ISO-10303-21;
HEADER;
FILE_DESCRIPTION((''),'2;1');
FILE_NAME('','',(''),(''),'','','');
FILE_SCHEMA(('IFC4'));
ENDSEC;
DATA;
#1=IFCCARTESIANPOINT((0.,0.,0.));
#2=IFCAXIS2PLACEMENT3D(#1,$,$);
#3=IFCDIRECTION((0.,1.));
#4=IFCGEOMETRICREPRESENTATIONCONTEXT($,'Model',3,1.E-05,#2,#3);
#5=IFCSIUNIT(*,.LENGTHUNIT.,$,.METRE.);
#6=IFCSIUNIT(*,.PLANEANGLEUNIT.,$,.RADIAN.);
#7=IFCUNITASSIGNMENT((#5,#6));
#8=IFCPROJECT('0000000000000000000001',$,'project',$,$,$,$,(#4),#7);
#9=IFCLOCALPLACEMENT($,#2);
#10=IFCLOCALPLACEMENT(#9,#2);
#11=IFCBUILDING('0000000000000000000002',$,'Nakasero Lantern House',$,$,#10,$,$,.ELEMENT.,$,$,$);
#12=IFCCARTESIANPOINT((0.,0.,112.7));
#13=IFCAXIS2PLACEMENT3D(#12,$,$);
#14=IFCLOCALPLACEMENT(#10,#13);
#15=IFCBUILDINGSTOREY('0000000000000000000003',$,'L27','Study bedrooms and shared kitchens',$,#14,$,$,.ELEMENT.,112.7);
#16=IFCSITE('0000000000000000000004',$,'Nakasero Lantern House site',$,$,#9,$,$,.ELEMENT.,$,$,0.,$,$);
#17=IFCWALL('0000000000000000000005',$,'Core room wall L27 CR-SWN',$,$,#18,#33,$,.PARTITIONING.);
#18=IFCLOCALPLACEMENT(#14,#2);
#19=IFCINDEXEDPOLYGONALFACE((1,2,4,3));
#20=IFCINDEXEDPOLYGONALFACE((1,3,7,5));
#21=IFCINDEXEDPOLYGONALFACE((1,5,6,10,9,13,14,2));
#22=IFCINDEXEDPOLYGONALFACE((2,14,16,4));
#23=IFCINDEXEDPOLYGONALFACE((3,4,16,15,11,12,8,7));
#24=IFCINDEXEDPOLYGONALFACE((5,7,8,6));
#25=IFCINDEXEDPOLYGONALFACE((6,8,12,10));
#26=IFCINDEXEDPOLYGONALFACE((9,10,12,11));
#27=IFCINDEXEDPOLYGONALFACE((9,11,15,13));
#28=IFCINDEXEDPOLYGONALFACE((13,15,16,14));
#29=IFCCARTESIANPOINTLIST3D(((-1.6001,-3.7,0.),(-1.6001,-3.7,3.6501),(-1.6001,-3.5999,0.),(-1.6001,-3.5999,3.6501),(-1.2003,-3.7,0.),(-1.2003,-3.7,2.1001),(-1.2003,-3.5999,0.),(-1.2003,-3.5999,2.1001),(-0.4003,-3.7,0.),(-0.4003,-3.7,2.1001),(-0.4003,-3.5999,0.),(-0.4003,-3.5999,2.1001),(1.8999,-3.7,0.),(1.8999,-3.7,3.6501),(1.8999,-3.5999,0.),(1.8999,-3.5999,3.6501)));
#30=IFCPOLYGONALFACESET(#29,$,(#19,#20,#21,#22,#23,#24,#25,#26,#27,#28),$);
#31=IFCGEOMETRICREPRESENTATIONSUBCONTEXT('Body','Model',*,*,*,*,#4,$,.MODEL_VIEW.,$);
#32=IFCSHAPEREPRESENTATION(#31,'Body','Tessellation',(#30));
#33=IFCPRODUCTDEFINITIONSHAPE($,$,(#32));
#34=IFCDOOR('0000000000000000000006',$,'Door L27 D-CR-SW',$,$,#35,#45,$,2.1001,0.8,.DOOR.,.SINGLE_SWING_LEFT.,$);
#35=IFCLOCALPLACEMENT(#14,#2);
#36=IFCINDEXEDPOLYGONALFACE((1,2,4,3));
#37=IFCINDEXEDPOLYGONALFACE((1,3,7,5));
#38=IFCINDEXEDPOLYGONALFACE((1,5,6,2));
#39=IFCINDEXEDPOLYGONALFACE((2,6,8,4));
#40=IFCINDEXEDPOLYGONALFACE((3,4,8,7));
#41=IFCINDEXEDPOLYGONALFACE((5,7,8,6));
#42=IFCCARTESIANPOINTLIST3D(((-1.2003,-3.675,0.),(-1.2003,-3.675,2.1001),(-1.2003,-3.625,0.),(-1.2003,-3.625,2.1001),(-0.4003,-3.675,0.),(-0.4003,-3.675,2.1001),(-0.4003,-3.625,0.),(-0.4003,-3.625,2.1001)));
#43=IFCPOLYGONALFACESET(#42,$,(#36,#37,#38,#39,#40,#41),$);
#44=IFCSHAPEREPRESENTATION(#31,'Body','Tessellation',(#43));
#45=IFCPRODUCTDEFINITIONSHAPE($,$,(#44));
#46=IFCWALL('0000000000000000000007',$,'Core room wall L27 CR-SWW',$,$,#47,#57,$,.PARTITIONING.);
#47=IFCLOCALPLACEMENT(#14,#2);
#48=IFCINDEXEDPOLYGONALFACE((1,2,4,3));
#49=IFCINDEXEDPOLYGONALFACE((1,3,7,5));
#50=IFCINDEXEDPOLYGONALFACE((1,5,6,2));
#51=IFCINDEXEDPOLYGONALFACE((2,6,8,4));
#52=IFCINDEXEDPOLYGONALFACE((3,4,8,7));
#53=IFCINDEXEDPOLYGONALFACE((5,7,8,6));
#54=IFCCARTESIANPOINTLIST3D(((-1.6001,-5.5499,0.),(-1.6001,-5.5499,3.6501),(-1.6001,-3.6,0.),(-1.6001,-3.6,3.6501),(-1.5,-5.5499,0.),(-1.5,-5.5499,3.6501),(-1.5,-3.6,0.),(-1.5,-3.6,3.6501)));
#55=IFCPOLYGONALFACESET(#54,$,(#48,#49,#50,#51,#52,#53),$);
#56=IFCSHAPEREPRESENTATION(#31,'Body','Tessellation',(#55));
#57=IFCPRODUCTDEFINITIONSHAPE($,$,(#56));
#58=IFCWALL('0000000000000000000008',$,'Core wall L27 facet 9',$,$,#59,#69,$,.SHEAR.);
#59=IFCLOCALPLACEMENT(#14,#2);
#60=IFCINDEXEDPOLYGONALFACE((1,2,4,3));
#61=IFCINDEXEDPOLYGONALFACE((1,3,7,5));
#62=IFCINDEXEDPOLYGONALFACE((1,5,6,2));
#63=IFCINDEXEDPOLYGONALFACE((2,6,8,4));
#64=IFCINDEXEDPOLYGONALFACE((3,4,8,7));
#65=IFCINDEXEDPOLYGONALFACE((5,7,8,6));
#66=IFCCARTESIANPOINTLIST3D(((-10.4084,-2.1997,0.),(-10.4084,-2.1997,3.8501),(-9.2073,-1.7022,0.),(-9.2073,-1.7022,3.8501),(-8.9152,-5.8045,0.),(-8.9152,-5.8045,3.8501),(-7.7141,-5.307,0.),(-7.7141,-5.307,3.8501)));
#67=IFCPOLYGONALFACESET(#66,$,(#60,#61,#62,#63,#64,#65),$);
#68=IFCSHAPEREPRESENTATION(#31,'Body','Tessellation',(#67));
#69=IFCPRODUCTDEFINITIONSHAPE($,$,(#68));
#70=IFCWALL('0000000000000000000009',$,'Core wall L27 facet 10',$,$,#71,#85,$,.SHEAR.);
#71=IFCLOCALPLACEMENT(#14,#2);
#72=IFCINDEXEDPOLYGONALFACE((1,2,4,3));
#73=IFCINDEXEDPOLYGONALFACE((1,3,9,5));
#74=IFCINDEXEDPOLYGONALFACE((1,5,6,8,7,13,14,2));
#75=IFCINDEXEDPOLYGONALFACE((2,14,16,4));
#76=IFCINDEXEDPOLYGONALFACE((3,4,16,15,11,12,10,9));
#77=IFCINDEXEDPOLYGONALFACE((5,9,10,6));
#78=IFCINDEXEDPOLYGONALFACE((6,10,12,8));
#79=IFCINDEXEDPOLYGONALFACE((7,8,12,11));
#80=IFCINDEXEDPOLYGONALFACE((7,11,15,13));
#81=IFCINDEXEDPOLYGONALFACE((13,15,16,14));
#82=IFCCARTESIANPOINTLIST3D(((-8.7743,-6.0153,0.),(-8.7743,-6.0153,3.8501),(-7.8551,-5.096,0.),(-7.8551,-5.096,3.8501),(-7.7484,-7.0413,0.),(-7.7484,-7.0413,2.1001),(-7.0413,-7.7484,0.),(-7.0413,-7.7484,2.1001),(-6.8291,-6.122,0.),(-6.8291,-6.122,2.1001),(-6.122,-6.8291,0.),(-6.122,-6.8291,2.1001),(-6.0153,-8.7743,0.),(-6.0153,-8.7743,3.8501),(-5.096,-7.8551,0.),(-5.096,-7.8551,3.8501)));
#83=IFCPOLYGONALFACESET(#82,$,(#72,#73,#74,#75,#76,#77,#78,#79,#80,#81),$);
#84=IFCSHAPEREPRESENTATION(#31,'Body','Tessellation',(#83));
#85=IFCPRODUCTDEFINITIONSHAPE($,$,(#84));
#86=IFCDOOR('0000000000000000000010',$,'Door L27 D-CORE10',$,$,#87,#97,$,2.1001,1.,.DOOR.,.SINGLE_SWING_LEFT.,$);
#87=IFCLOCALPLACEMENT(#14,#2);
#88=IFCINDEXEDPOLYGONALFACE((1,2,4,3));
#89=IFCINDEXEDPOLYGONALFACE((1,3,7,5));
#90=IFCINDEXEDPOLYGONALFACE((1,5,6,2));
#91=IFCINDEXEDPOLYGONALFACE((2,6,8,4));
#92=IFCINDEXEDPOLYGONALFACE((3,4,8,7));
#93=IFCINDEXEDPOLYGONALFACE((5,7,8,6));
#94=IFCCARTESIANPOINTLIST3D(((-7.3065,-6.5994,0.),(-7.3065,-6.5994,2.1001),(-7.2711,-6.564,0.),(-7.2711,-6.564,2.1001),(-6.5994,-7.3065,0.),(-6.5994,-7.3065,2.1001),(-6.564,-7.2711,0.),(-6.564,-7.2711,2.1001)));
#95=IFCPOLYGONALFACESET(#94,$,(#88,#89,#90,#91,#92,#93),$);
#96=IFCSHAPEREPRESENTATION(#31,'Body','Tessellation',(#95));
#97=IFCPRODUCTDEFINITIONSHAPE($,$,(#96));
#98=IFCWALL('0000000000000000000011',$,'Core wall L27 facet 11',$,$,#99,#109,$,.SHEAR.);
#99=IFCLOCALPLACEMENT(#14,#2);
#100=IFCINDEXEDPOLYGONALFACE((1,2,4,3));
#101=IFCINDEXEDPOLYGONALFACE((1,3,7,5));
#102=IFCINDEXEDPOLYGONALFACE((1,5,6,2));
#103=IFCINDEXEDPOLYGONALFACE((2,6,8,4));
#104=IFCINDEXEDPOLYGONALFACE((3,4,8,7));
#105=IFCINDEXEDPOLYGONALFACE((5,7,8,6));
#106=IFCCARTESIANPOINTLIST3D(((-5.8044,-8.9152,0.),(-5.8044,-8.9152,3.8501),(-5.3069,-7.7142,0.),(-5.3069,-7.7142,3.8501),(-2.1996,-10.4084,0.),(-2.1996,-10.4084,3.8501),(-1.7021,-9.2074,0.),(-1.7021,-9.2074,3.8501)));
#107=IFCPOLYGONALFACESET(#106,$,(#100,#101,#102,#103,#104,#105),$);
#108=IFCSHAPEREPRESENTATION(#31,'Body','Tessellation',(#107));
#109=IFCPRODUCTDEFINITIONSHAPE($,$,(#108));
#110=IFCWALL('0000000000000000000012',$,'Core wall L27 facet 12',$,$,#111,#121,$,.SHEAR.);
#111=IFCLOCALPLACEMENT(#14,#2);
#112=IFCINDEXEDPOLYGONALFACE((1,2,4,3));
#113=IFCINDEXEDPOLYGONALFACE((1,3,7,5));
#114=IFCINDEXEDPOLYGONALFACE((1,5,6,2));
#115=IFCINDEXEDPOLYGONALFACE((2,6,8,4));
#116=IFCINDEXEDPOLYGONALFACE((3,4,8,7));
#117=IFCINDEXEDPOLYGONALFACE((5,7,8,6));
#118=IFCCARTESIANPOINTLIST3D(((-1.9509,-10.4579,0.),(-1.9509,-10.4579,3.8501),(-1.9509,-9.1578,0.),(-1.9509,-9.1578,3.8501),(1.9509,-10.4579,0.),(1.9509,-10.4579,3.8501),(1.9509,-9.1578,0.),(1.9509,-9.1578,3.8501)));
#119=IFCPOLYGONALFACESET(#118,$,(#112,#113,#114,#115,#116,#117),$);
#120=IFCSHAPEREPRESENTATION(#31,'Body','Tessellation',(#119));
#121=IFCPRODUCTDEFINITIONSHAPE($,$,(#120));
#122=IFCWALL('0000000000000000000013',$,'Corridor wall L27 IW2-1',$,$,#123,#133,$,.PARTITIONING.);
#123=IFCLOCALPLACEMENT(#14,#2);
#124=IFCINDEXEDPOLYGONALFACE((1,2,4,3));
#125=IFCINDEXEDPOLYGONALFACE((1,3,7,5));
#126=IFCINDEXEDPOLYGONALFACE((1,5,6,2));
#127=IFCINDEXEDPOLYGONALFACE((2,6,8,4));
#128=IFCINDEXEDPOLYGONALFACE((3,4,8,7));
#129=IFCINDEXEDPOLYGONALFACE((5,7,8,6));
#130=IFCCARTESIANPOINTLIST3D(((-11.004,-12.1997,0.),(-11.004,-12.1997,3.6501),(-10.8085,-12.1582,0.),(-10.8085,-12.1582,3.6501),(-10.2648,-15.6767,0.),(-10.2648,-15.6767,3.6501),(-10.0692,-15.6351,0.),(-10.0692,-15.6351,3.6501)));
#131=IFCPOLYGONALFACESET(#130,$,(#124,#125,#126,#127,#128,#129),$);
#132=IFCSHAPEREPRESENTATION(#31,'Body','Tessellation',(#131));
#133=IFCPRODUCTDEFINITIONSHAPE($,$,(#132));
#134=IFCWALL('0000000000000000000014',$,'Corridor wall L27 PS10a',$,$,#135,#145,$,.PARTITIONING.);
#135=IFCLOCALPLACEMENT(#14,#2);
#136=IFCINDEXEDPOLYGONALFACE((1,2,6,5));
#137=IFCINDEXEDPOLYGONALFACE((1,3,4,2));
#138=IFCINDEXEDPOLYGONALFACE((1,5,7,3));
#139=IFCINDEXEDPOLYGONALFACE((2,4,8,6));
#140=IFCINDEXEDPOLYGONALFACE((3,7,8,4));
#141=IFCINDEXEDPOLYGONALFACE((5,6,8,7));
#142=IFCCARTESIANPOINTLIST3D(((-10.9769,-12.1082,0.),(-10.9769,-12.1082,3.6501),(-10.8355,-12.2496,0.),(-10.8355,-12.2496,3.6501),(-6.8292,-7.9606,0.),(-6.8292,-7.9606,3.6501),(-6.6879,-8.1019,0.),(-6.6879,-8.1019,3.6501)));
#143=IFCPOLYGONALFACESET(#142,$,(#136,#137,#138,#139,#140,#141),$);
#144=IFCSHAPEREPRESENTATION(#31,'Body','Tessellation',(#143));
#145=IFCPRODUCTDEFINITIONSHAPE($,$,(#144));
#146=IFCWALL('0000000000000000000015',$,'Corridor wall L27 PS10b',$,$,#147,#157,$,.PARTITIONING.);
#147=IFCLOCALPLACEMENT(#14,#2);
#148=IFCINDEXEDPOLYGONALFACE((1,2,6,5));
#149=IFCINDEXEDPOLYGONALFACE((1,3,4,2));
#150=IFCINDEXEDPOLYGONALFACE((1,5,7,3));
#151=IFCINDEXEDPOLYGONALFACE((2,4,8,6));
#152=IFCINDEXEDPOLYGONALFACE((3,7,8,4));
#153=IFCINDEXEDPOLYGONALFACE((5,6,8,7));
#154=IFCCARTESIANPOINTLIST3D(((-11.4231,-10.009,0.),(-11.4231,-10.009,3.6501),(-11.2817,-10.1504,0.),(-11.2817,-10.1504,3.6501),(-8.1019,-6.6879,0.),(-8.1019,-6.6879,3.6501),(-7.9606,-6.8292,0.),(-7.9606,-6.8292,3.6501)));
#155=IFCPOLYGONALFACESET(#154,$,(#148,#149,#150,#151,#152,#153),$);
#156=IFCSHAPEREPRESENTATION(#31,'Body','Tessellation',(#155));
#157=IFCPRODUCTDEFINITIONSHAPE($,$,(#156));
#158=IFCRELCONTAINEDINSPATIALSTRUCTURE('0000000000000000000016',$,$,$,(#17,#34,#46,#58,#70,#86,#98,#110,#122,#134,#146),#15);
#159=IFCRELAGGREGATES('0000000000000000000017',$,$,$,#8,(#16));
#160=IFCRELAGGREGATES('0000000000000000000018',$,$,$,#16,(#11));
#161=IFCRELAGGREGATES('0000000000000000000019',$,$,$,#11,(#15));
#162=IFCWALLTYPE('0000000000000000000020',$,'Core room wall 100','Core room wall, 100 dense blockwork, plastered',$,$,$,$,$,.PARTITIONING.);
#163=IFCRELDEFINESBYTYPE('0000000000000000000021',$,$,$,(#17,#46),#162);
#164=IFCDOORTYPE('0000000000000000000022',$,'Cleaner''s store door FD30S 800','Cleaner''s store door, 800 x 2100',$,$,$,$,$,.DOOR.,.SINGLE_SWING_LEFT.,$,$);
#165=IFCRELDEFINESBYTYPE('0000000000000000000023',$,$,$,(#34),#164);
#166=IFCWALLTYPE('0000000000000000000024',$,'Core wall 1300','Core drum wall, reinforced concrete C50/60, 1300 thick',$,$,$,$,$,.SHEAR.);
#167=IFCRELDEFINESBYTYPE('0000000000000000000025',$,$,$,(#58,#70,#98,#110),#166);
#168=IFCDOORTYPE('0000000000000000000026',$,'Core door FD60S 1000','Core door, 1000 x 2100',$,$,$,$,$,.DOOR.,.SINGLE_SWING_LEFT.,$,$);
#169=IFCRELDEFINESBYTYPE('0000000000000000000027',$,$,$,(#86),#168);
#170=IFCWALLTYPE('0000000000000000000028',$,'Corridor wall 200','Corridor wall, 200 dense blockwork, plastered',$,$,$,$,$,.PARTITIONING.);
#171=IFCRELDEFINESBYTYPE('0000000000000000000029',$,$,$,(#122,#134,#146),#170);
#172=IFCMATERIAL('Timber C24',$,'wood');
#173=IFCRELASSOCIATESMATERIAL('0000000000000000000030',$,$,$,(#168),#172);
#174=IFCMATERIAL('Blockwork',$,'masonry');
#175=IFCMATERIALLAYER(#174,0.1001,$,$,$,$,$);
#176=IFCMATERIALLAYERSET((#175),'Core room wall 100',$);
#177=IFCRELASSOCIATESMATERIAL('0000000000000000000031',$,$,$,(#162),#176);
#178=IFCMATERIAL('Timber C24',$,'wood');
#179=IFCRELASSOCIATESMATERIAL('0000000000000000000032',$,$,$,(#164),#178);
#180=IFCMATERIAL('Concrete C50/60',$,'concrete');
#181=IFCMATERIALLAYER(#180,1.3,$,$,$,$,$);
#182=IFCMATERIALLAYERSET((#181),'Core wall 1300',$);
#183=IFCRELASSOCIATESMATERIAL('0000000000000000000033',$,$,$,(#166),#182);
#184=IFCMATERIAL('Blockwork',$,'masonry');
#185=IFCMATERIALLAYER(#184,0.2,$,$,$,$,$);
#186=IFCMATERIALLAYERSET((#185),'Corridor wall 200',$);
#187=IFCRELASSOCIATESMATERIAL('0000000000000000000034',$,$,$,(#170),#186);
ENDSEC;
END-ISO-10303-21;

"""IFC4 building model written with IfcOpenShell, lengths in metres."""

from ifc_helpers import new_model, si_unit, direction, frame, frame_2d, origin, place, context, subcontext, project, spatial, rectangle, extrude, material, layer, layer_set, type_object, element, fill, save


model = new_model("IFC4")

# Units and contexts
model_context = context("Model", 3, precision=1e-05, world=origin(), true_north=direction((0.0, 1.0)))
body_context = subcontext(model_context, "Body", "Model", "MODEL_VIEW")
ifc_project = project(units=[si_unit("LENGTHUNIT", "METRE"), si_unit("PLANEANGLEUNIT", "RADIAN")], contexts=[model_context])

# Site, building, storey
site_placement = place(None, origin())
site = spatial("IfcSite", under=ifc_project, at=site_placement, Name="Nakasero Lantern House site", CompositionType="ELEMENT", RefElevation=0.0)
building_placement = place(site_placement, origin())
building = spatial("IfcBuilding", under=site, at=building_placement, Name="Nakasero Lantern House", CompositionType="ELEMENT")
storey_placement = place(building_placement, frame((0.0, 0.0, 112.7)))
storey = spatial("IfcBuildingStorey", under=building, at=storey_placement, Name="L27", Description="Study bedrooms and shared kitchens", CompositionType="ELEMENT", Elevation=112.7)

# Shared definitions
ifc_material_1 = material(Name="Timber C24", Category="wood")
door_type_1 = type_object("IfcDoorType", Name="Core door FD60S 1000", Description="Core door, 1000 x 2100", OperationType="SINGLE_SWING_LEFT", PredefinedType="DOOR", material=ifc_material_1)

# Wall, opening, door
ifc_material_2 = material(Name="Blockwork", Category="masonry")
ifc_layer_1 = layer(ifc_material_2, 0.1001)
ifc_layer_set_1 = layer_set([ifc_layer_1], Name="Core room wall 100")
wall_type_1 = type_object("IfcWallType", Name="Core room wall 100", Description="Core room wall, 100 dense blockwork, plastered", PredefinedType="PARTITIONING", material=ifc_layer_set_1)
wall_1_placement = place(storey_placement, frame((-1.6001, -3.6499, 0.0), z_axis=(0.0, 0.0, 1.0), x_axis=(1.0, 0.0, 0.0)))
wall_1 = element("IfcWall", 1, at=wall_1_placement, inside=storey, type_object=wall_type_1, Name="Core room wall L27 CR-SWN", PredefinedType="PARTITIONING", context=body_context, shape_type="SweptSolid", body=[
    extrude(rectangle(XDim=3.5, YDim=0.1001, at=frame_2d((1.75, 0.0))), origin(), (0.0, 0.0, 1.0), 3.6501),
])
opening_1_placement = place(wall_1_placement, frame((0.3999, 0.0, 0.0)))
opening_1 = element("IfcOpeningElement", 2, at=opening_1_placement, cuts=wall_1, PredefinedType="OPENING", context=body_context, shape_type="SweptSolid", body=[
    extrude(rectangle(XDim=0.8, YDim=2.1001, at=frame_2d((0.3999, 1.05))), frame((0.0, 0.0701, 0.0), z_axis=(0.0, -1.0, 0.0), x_axis=(1.0, 0.0, 0.0)), (0.0, 0.0, 1.0), 0.1401),
])
ifc_material_3 = material(Name="Timber C24", Category="wood")
door_type_2 = type_object("IfcDoorType", Name="Cleaner's store door FD30S 800", Description="Cleaner's store door, 800 x 2100", OperationType="SINGLE_SWING_LEFT", PredefinedType="DOOR", material=ifc_material_3)
door_1_placement = place(opening_1_placement, origin())
door_1 = element("IfcDoor", 3, at=door_1_placement, inside=storey, type_object=door_type_2, Name="Door L27 D-CR-SW", OperationType="SINGLE_SWING_LEFT", OverallHeight=2.1001, OverallWidth=0.8, PredefinedType="DOOR", context=body_context, shape_type="SweptSolid", body=[
    extrude(rectangle(XDim=0.8, YDim=2.1001, at=frame_2d((0.3999, 1.05))), frame((0.0, 0.0249, 0.0), z_axis=(0.0, -1.0, 0.0), x_axis=(1.0, 0.0, 0.0)), (0.0, 0.0, 1.0), 0.05),
])
fill(opening_1, door_1)

# Walls
wall_2_placement = place(storey_placement, frame((-1.55, -5.55, 0.0), z_axis=(0.0, 0.0, 1.0), x_axis=(0.0, 1.0, 0.0)))
element("IfcWall", 4, at=wall_2_placement, inside=storey, type_object=wall_type_1, Name="Core room wall L27 CR-SWW", PredefinedType="PARTITIONING", context=body_context, shape_type="SweptSolid", body=[
    extrude(rectangle(XDim=1.95, YDim=0.1001, at=frame_2d((0.9751, 0.0))), origin(), (0.0, 0.0, 1.0), 3.6501),
])
ifc_material_4 = material(Name="Concrete C50/60", Category="concrete")
ifc_layer_2 = layer(ifc_material_4, 1.3)
ifc_layer_set_2 = layer_set([ifc_layer_2], Name="Core wall 1300")
wall_type_2 = type_object("IfcWallType", Name="Core wall 1300", Description="Core drum wall, reinforced concrete C50/60, 1300 thick", PredefinedType="SHEAR", material=ifc_layer_set_2)
wall_3_placement = place(storey_placement, frame((-9.8079, -1.9509, 0.0), z_axis=(0.0, 0.0, 1.0), x_axis=(0.382691, -0.923877, 0.0)))
element("IfcWall", 5, at=wall_3_placement, inside=storey, type_object=wall_type_2, Name="Core wall L27 facet 9", PredefinedType="SHEAR", context=body_context, shape_type="SweptSolid", body=[
    extrude(rectangle(XDim=3.9019, YDim=1.3, at=frame_2d((1.9509, 0.0))), origin(), (0.0, 0.0, 1.0), 3.8501),
])

# Wall, opening, door
wall_4_placement = place(storey_placement, frame((-8.3147, -5.5557, 0.0), z_axis=(0.0, 0.0, 1.0), x_axis=(0.707107, -0.707107, 0.0)))
wall_4 = element("IfcWall", 6, at=wall_4_placement, inside=storey, type_object=wall_type_2, Name="Core wall L27 facet 10", PredefinedType="SHEAR", context=body_context, shape_type="SweptSolid", body=[
    extrude(rectangle(XDim=3.9019, YDim=1.3, at=frame_2d((1.9509, 0.0))), origin(), (0.0, 0.0, 1.0), 3.8501),
])
opening_2_placement = place(wall_4_placement, frame((1.4509, 0.0, 0.0)))
opening_2 = element("IfcOpeningElement", 7, at=opening_2_placement, cuts=wall_4, PredefinedType="OPENING", context=body_context, shape_type="SweptSolid", body=[
    extrude(rectangle(XDim=1.0, YDim=2.1001, at=frame_2d((0.5, 1.05))), frame((0.0, 0.6699, 0.0), z_axis=(0.0, -1.0, 0.0), x_axis=(1.0, 0.0, 0.0)), (0.0, 0.0, 1.0), 1.3401),
])
door_2_placement = place(opening_2_placement, origin())
door_2 = element("IfcDoor", 8, at=door_2_placement, inside=storey, type_object=door_type_1, Name="Door L27 D-CORE10", OperationType="SINGLE_SWING_LEFT", OverallHeight=2.1001, OverallWidth=1.0, PredefinedType="DOOR", context=body_context, shape_type="SweptSolid", body=[
    extrude(rectangle(XDim=1.0, YDim=2.1001, at=frame_2d((0.5, 1.05))), frame((0.0, 0.0249, 0.0), z_axis=(0.0, -1.0, 0.0), x_axis=(1.0, 0.0, 0.0)), (0.0, 0.0, 1.0), 0.05),
])
fill(opening_2, door_2)

# Walls
for number, where, z_axis, x_axis, name in (
    (9, (-5.5557, -8.3147, 0.0), (0.0, 0.0, 1.0), (0.923877, -0.382691, 0.0), "Core wall L27 facet 11"),
    (10, (-1.9509, -9.8079, 0.0), (0.0, 0.0, 1.0), (1.0, 0.0, 0.0), "Core wall L27 facet 12"),
):
    element("IfcWall", number, at=place(storey_placement, frame(where, z_axis=z_axis, x_axis=x_axis)), inside=storey, type_object=wall_type_2, Name=name, PredefinedType="SHEAR", context=body_context, shape_type="SweptSolid", body=[
        extrude(rectangle(XDim=3.9019, YDim=1.3, at=frame_2d((1.9509, 0.0))), origin(), (0.0, 0.0, 1.0), 3.8501),
    ])
ifc_material_5 = material(Name="Blockwork", Category="masonry")
ifc_layer_3 = layer(ifc_material_5, 0.2)
ifc_layer_set_3 = layer_set([ifc_layer_3], Name="Corridor wall 200")
wall_type_3 = type_object("IfcWallType", Name="Corridor wall 200", Description="Corridor wall, 200 dense blockwork, plastered", PredefinedType="PARTITIONING", material=ifc_layer_set_3)
wall_5_placement = place(storey_placement, frame((-10.9062, -12.179, 0.0), z_axis=(0.0, 0.0, 1.0), x_axis=(0.207962, -0.978137, 0.0)))
element("IfcWall", 11, at=wall_5_placement, inside=storey, type_object=wall_type_3, Name="Corridor wall L27 IW2-1", PredefinedType="PARTITIONING", context=body_context, shape_type="SweptSolid", body=[
    extrude(rectangle(XDim=3.5547, YDim=0.2, at=frame_2d((1.7773, 0.0))), origin(), (0.0, 0.0, 1.0), 3.6501),
])
wall_6_placement = place(storey_placement, frame((-6.7585, -8.0312, 0.0), z_axis=(0.0, 0.0, 1.0), x_axis=(-0.707107, -0.707107, 0.0)))
element("IfcWall", 12, at=wall_6_placement, inside=storey, type_object=wall_type_3, Name="Corridor wall L27 PS10a", PredefinedType="PARTITIONING", context=body_context, shape_type="SweptSolid", body=[
    extrude(rectangle(XDim=5.8657, YDim=0.2, at=frame_2d((2.9329, 0.0))), origin(), (0.0, 0.0, 1.0), 3.6501),
])
wall_7_placement = place(storey_placement, frame((-8.0312, -6.7585, 0.0), z_axis=(0.0, 0.0, 1.0), x_axis=(-0.707107, -0.707107, 0.0)))
element("IfcWall", 13, at=wall_7_placement, inside=storey, type_object=wall_type_3, Name="Corridor wall L27 PS10b", PredefinedType="PARTITIONING", context=body_context, shape_type="SweptSolid", body=[
    extrude(rectangle(XDim=4.6968, YDim=0.2, at=frame_2d((2.3484, 0.0))), origin(), (0.0, 0.0, 1.0), 3.6501),
])

save(model, "model.ifc")
